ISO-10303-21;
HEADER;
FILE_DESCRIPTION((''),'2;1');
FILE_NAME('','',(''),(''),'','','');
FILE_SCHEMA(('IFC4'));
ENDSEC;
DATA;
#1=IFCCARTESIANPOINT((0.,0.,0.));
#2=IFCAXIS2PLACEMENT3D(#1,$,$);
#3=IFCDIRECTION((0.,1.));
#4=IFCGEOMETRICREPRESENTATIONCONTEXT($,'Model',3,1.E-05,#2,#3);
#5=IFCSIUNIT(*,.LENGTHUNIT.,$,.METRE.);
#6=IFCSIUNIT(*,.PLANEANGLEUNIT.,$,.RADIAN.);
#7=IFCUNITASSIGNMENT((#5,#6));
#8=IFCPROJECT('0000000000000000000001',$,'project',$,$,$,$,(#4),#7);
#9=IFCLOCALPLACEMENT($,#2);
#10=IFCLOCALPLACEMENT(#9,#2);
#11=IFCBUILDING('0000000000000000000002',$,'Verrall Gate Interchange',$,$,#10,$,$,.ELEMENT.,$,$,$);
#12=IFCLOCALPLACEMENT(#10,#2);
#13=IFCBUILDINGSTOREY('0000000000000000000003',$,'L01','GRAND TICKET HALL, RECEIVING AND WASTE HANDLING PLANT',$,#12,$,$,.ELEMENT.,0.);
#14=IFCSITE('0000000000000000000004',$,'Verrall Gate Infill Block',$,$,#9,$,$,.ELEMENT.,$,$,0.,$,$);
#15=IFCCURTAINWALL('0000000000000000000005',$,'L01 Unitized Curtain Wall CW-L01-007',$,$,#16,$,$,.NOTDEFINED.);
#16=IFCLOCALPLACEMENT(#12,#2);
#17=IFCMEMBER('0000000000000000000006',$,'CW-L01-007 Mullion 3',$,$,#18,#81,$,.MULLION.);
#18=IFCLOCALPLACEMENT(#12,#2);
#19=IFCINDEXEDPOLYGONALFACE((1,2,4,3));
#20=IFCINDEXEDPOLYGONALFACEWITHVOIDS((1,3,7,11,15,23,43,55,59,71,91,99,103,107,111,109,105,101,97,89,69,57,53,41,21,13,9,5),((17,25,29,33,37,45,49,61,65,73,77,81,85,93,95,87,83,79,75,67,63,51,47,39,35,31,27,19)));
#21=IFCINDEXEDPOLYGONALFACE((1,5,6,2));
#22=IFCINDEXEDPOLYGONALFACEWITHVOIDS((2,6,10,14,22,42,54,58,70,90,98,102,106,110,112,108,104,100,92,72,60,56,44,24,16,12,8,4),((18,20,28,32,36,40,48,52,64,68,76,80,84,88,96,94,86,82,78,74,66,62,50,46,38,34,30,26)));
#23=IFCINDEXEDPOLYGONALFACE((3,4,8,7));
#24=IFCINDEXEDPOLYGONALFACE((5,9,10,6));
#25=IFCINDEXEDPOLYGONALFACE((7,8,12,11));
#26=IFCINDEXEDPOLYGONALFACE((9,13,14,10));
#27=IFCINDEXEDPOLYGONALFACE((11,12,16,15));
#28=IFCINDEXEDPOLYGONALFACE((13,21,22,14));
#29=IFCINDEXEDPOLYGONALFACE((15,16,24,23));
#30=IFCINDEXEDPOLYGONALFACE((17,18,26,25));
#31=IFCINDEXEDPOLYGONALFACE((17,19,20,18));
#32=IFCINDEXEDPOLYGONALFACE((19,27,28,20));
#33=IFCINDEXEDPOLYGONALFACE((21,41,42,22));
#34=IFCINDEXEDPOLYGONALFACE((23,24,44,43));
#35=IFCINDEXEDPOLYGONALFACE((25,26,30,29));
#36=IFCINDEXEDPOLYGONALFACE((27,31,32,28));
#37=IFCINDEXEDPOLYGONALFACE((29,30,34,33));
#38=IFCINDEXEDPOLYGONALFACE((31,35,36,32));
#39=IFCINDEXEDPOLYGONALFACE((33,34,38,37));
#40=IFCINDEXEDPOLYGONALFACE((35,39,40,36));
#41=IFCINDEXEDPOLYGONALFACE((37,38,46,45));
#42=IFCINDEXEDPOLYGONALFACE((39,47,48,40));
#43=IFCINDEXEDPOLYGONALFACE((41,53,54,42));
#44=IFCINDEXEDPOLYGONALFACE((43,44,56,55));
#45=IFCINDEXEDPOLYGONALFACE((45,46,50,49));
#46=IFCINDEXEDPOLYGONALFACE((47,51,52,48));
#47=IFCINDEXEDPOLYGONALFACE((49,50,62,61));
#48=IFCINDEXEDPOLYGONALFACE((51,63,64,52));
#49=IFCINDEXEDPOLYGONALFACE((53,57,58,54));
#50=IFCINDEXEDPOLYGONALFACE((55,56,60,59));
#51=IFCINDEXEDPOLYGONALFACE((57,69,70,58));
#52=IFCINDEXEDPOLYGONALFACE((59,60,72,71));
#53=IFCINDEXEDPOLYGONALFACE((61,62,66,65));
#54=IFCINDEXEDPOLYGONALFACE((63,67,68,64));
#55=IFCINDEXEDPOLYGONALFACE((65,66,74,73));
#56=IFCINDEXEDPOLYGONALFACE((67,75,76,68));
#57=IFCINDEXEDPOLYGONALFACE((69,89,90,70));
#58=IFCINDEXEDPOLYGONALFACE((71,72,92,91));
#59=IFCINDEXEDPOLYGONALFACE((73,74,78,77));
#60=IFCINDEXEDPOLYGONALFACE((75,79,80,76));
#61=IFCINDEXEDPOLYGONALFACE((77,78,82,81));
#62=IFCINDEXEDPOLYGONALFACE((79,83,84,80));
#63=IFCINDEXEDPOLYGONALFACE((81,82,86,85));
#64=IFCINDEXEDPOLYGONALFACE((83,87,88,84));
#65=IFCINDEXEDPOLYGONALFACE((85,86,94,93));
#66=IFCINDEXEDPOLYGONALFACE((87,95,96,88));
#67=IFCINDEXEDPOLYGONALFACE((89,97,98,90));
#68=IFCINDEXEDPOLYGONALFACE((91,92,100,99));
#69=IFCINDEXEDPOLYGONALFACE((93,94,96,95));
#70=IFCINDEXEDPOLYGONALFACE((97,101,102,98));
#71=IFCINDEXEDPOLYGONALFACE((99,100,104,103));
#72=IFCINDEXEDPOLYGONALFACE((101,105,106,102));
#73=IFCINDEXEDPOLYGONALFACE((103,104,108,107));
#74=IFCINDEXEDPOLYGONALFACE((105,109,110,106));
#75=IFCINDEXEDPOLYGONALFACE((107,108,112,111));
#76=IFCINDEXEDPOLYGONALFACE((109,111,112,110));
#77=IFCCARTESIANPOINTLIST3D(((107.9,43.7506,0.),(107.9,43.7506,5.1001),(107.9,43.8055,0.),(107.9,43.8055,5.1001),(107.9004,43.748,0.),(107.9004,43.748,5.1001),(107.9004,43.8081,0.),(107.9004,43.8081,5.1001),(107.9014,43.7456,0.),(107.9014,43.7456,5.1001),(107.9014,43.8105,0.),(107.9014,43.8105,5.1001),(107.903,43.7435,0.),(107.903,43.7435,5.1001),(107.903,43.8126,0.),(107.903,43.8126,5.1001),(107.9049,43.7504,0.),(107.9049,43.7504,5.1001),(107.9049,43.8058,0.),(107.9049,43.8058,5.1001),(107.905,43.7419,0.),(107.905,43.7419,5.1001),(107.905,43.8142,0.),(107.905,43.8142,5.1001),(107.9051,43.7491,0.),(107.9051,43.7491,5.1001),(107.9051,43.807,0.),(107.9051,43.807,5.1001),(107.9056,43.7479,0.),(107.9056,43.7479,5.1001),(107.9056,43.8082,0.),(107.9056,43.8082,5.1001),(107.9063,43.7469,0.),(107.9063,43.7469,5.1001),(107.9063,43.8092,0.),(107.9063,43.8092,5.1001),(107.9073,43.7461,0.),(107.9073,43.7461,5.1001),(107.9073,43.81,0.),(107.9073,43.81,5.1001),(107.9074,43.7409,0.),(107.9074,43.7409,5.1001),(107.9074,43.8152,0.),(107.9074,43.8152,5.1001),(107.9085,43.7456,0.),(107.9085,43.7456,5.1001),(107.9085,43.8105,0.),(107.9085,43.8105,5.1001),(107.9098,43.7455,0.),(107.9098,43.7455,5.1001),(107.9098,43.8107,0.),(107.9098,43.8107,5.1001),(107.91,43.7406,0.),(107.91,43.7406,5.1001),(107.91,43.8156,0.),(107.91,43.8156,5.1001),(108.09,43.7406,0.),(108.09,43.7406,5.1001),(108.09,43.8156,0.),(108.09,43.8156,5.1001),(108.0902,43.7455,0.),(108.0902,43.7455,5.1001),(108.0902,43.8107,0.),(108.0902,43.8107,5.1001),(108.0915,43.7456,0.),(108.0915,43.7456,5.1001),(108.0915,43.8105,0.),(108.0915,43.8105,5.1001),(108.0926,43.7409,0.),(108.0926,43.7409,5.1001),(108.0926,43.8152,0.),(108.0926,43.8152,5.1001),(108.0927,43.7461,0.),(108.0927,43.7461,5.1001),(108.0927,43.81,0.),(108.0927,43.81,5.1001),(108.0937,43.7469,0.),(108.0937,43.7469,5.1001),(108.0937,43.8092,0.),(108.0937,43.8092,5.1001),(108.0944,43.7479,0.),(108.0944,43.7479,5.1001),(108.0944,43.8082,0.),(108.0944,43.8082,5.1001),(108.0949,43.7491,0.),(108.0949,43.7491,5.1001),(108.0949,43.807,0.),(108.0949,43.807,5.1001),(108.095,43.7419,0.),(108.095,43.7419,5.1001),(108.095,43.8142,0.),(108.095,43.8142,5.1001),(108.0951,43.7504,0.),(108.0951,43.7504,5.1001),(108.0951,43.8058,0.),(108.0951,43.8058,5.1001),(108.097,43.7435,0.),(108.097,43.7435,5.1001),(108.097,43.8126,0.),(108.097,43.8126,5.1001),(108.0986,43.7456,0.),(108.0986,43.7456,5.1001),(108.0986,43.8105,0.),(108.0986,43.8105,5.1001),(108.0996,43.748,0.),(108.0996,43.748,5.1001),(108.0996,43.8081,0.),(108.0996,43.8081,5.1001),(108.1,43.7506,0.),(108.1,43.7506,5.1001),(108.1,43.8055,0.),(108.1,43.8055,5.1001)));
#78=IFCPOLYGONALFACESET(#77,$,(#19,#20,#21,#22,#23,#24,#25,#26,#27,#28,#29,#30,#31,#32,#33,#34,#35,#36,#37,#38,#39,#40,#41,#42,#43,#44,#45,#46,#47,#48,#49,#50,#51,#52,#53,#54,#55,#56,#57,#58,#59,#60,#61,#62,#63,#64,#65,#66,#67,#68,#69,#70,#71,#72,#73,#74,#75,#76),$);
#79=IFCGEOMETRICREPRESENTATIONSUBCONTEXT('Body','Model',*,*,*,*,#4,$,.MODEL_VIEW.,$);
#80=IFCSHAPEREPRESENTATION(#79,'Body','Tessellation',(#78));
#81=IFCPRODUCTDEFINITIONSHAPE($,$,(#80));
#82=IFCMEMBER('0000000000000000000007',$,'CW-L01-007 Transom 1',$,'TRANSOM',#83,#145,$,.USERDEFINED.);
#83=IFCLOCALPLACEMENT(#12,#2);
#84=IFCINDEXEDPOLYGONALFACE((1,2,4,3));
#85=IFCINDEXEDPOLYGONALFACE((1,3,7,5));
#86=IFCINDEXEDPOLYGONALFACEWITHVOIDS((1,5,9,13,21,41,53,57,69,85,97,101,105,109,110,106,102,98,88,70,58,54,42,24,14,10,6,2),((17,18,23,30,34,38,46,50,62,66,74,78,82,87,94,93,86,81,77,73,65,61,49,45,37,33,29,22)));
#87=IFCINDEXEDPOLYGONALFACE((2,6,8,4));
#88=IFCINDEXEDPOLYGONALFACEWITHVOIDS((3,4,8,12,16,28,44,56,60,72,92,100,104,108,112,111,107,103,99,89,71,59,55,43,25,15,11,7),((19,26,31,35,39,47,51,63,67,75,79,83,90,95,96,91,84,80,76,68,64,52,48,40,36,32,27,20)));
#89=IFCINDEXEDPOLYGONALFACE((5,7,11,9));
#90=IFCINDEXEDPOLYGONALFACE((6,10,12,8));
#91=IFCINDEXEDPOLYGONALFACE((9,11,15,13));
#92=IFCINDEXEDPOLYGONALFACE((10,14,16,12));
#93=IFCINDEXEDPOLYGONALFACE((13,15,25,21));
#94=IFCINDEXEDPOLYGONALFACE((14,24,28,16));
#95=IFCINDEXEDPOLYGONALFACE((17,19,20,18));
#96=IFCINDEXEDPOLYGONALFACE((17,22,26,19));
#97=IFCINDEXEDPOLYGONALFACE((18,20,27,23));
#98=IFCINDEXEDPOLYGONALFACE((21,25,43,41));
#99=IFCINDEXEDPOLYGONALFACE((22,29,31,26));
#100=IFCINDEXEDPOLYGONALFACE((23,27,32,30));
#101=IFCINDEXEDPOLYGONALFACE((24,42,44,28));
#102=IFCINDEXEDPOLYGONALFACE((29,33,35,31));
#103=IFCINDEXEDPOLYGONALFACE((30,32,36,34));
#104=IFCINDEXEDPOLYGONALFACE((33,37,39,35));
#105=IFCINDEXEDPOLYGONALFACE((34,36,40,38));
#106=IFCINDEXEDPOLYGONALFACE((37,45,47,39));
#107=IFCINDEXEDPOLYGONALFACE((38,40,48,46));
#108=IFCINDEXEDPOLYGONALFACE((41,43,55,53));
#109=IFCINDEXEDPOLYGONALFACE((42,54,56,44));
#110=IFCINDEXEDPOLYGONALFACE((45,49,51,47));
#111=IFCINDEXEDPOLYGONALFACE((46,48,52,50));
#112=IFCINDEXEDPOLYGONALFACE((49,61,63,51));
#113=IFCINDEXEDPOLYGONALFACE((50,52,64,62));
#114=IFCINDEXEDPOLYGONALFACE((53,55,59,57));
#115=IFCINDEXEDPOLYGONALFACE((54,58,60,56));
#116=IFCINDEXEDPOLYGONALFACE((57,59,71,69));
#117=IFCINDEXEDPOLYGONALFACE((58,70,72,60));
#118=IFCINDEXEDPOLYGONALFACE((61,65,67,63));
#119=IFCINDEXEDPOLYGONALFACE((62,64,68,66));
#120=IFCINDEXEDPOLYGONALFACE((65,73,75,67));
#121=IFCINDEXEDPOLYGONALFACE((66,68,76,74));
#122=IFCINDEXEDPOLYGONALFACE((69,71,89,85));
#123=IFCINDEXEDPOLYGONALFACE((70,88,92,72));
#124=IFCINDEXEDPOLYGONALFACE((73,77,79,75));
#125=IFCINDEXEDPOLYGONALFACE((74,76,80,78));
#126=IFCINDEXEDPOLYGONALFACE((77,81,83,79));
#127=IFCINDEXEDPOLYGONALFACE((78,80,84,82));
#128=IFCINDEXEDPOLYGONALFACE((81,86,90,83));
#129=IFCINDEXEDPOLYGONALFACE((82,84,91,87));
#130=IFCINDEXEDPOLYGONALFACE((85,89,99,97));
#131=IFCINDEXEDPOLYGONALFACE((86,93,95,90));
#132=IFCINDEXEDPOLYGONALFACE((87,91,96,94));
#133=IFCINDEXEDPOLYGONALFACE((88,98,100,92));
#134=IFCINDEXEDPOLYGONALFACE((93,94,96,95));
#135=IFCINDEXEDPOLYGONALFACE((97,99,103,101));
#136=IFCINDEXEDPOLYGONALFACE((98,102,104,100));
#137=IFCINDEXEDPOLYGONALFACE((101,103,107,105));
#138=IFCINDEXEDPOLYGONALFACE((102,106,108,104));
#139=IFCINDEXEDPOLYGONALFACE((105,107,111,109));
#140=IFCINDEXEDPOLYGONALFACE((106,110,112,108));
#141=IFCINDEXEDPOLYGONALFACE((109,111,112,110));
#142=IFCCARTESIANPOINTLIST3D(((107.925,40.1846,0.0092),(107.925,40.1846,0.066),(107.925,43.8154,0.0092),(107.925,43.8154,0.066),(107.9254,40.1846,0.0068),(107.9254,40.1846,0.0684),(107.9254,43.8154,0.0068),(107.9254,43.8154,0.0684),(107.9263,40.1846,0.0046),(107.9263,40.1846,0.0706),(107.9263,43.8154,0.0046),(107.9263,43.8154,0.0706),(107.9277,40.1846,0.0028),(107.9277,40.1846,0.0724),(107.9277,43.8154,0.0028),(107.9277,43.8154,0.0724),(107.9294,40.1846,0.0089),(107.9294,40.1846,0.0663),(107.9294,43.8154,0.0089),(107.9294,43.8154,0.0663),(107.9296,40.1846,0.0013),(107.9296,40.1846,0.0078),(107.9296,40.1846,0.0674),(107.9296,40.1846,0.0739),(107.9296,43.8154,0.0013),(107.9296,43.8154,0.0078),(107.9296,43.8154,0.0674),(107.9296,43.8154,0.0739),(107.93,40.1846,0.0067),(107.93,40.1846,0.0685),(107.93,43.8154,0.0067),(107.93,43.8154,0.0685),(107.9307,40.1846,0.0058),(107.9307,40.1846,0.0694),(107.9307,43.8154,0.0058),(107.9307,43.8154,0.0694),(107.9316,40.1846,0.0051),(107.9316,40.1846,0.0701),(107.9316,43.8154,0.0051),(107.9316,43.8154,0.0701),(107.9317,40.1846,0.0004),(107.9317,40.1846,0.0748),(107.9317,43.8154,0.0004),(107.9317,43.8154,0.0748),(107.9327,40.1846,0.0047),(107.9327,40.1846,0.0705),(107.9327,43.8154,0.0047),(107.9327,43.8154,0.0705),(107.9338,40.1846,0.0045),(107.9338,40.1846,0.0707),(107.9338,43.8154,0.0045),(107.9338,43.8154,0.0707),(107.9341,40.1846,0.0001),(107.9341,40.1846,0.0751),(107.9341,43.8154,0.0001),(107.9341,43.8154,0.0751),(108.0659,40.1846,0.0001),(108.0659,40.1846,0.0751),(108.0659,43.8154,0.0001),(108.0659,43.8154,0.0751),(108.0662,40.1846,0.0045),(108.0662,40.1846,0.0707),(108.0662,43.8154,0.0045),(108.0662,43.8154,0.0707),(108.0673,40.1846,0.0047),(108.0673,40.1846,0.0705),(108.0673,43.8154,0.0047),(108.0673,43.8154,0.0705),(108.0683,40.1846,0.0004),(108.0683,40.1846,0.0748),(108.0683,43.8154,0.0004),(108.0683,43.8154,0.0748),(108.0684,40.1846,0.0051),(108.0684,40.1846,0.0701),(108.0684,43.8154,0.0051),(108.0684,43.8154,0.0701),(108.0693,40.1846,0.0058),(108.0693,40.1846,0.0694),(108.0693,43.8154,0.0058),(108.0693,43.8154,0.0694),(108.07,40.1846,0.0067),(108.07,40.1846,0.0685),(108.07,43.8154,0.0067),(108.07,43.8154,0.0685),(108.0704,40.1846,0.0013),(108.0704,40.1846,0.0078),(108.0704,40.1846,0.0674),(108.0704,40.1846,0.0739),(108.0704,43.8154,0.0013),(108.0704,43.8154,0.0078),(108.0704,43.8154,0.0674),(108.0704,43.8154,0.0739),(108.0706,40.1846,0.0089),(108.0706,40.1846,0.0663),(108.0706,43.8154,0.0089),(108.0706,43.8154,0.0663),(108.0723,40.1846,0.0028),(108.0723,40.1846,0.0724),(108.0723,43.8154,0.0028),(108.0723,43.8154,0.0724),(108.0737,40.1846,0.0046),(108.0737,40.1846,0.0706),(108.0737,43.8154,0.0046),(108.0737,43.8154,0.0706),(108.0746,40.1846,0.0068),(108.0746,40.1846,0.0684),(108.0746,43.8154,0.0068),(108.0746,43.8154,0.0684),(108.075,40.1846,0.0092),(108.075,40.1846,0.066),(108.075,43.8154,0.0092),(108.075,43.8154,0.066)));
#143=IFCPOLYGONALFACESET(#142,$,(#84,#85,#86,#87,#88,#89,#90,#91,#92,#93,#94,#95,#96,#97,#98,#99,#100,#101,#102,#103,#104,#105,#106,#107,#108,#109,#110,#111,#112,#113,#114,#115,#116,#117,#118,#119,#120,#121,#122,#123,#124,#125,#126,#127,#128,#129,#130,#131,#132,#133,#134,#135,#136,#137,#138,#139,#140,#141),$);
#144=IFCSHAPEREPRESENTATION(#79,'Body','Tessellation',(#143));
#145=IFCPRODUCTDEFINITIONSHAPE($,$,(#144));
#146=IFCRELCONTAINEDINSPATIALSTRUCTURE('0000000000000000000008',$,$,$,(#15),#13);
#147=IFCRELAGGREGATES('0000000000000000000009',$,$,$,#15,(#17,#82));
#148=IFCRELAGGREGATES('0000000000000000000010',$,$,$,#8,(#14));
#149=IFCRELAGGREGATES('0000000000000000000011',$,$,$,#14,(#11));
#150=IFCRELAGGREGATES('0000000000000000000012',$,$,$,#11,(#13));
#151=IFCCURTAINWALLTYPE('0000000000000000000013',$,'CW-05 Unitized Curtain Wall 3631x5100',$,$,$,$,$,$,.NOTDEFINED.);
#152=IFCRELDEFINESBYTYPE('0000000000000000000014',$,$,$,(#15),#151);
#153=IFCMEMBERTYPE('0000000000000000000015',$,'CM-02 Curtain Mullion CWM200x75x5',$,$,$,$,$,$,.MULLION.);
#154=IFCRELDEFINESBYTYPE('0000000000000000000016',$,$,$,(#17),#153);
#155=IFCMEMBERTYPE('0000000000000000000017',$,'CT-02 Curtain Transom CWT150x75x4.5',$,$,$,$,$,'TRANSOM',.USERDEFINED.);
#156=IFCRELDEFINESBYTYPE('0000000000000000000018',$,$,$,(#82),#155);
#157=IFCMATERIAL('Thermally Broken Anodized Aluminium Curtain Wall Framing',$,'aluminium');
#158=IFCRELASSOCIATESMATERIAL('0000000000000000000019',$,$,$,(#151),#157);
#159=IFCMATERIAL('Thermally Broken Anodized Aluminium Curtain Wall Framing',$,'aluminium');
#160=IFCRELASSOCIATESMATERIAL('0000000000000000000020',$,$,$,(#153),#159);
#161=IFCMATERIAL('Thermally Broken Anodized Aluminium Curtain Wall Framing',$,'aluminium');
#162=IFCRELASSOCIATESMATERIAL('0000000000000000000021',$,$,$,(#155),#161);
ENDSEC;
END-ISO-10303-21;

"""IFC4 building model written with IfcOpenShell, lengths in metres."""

from ifc_helpers import new_model, si_unit, direction, frame, origin, origin_2d, place, context, subcontext, project, spatial, hollow_rectangle, extrude, material, material_profile, profile_set, type_object, element, aggregate, save


model = new_model("IFC4")

# Units and contexts
model_context = context("Model", 3, precision=1e-05, world=origin(), true_north=direction((0.0, 1.0)))
body_context = subcontext(model_context, "Body", "Model", "MODEL_VIEW")
ifc_project = project(units=[si_unit("LENGTHUNIT", "METRE"), si_unit("PLANEANGLEUNIT", "RADIAN")], contexts=[model_context])

# Site, building, storey
site_placement = place(None, origin())
site = spatial("IfcSite", under=ifc_project, at=site_placement, Name="Verrall Gate Infill Block", CompositionType="ELEMENT", RefElevation=0.0)
building_placement = place(site_placement, origin())
building = spatial("IfcBuilding", under=site, at=building_placement, Name="Verrall Gate Interchange", CompositionType="ELEMENT")
storey_placement = place(building_placement, origin())
storey = spatial("IfcBuildingStorey", under=building, at=storey_placement, Name="L01", Description="GRAND TICKET HALL, RECEIVING AND WASTE HANDLING PLANT", CompositionType="ELEMENT", Elevation=0.0)

# Curtain wall, members
ifc_material_1 = material(Name="Thermally Broken Anodized Aluminium Curtain Wall Framing", Category="aluminium")
curtain_wall_type = type_object("IfcCurtainWallType", Name="CW-05 Unitized Curtain Wall 3631x5100", PredefinedType="NOTDEFINED", material=ifc_material_1)
curtain_wall_placement = place(storey_placement, origin())
curtain_wall = element("IfcCurtainWall", 1, at=curtain_wall_placement, inside=storey, type_object=curtain_wall_type, Name="L01 Unitized Curtain Wall CW-L01-007", PredefinedType="NOTDEFINED")
ifc_material_2 = material(Name="Thermally Broken Anodized Aluminium Curtain Wall Framing", Category="aluminium")
ifc_material_profile_1 = material_profile(ifc_material_2, hollow_rectangle(XDim=0.075, YDim=0.2, WallThickness=0.0049, InnerFilletRadius=0.0049, OuterFilletRadius=0.01, at=origin_2d()), Name="CWM200x75x5")
ifc_profile_set_1 = profile_set([ifc_material_profile_1], Name="Thermally Broken Anodized Aluminium Curtain Wall Framing")
member_type_1 = type_object("IfcMemberType", Name="CM-02 Curtain Mullion CWM200x75x5", PredefinedType="MULLION", material=ifc_profile_set_1)
member_1_placement = place(storey_placement, frame((108.0, 43.7781, 0.0), z_axis=(0.0, 0.0, 1.0), x_axis=(0.0, 1.0, 0.0)))
member_1 = element("IfcMember", 2, at=member_1_placement, type_object=member_type_1, Name="CW-L01-007 Mullion 3", PredefinedType="MULLION", context=body_context, shape_type="SweptSolid", body=[
    extrude(hollow_rectangle(XDim=0.075, YDim=0.2, WallThickness=0.0049, InnerFilletRadius=0.0049, OuterFilletRadius=0.01, at=origin_2d()), origin(), (0.0, 0.0, 1.0), 5.1001),
])
ifc_material_3 = material(Name="Thermally Broken Anodized Aluminium Curtain Wall Framing", Category="aluminium")
ifc_material_profile_2 = material_profile(ifc_material_3, hollow_rectangle(XDim=0.1499, YDim=0.075, WallThickness=0.0044, InnerFilletRadius=0.0044, OuterFilletRadius=0.009, at=origin_2d()), Name="CWT150x75x4.5")
ifc_profile_set_2 = profile_set([ifc_material_profile_2], Name="Thermally Broken Anodized Aluminium Curtain Wall Framing")
member_type_2 = type_object("IfcMemberType", Name="CT-02 Curtain Transom CWT150x75x4.5", ElementType="TRANSOM", PredefinedType="USERDEFINED", material=ifc_profile_set_2)
member_2_placement = place(storey_placement, frame((108.0, 40.1846, 0.0376), z_axis=(0.0, 1.0, 0.0), x_axis=(-1.0, 0.0, 0.0)))
member_2 = element("IfcMember", 3, at=member_2_placement, type_object=member_type_2, Name="CW-L01-007 Transom 1", ObjectType="TRANSOM", PredefinedType="USERDEFINED", context=body_context, shape_type="SweptSolid", body=[
    extrude(hollow_rectangle(XDim=0.1499, YDim=0.075, WallThickness=0.0044, InnerFilletRadius=0.0044, OuterFilletRadius=0.009, at=origin_2d()), origin(), (0.0, 0.0, 1.0), 3.6309),
])

aggregate(curtain_wall, [member_1, member_2])

save(model, "model.ifc")
